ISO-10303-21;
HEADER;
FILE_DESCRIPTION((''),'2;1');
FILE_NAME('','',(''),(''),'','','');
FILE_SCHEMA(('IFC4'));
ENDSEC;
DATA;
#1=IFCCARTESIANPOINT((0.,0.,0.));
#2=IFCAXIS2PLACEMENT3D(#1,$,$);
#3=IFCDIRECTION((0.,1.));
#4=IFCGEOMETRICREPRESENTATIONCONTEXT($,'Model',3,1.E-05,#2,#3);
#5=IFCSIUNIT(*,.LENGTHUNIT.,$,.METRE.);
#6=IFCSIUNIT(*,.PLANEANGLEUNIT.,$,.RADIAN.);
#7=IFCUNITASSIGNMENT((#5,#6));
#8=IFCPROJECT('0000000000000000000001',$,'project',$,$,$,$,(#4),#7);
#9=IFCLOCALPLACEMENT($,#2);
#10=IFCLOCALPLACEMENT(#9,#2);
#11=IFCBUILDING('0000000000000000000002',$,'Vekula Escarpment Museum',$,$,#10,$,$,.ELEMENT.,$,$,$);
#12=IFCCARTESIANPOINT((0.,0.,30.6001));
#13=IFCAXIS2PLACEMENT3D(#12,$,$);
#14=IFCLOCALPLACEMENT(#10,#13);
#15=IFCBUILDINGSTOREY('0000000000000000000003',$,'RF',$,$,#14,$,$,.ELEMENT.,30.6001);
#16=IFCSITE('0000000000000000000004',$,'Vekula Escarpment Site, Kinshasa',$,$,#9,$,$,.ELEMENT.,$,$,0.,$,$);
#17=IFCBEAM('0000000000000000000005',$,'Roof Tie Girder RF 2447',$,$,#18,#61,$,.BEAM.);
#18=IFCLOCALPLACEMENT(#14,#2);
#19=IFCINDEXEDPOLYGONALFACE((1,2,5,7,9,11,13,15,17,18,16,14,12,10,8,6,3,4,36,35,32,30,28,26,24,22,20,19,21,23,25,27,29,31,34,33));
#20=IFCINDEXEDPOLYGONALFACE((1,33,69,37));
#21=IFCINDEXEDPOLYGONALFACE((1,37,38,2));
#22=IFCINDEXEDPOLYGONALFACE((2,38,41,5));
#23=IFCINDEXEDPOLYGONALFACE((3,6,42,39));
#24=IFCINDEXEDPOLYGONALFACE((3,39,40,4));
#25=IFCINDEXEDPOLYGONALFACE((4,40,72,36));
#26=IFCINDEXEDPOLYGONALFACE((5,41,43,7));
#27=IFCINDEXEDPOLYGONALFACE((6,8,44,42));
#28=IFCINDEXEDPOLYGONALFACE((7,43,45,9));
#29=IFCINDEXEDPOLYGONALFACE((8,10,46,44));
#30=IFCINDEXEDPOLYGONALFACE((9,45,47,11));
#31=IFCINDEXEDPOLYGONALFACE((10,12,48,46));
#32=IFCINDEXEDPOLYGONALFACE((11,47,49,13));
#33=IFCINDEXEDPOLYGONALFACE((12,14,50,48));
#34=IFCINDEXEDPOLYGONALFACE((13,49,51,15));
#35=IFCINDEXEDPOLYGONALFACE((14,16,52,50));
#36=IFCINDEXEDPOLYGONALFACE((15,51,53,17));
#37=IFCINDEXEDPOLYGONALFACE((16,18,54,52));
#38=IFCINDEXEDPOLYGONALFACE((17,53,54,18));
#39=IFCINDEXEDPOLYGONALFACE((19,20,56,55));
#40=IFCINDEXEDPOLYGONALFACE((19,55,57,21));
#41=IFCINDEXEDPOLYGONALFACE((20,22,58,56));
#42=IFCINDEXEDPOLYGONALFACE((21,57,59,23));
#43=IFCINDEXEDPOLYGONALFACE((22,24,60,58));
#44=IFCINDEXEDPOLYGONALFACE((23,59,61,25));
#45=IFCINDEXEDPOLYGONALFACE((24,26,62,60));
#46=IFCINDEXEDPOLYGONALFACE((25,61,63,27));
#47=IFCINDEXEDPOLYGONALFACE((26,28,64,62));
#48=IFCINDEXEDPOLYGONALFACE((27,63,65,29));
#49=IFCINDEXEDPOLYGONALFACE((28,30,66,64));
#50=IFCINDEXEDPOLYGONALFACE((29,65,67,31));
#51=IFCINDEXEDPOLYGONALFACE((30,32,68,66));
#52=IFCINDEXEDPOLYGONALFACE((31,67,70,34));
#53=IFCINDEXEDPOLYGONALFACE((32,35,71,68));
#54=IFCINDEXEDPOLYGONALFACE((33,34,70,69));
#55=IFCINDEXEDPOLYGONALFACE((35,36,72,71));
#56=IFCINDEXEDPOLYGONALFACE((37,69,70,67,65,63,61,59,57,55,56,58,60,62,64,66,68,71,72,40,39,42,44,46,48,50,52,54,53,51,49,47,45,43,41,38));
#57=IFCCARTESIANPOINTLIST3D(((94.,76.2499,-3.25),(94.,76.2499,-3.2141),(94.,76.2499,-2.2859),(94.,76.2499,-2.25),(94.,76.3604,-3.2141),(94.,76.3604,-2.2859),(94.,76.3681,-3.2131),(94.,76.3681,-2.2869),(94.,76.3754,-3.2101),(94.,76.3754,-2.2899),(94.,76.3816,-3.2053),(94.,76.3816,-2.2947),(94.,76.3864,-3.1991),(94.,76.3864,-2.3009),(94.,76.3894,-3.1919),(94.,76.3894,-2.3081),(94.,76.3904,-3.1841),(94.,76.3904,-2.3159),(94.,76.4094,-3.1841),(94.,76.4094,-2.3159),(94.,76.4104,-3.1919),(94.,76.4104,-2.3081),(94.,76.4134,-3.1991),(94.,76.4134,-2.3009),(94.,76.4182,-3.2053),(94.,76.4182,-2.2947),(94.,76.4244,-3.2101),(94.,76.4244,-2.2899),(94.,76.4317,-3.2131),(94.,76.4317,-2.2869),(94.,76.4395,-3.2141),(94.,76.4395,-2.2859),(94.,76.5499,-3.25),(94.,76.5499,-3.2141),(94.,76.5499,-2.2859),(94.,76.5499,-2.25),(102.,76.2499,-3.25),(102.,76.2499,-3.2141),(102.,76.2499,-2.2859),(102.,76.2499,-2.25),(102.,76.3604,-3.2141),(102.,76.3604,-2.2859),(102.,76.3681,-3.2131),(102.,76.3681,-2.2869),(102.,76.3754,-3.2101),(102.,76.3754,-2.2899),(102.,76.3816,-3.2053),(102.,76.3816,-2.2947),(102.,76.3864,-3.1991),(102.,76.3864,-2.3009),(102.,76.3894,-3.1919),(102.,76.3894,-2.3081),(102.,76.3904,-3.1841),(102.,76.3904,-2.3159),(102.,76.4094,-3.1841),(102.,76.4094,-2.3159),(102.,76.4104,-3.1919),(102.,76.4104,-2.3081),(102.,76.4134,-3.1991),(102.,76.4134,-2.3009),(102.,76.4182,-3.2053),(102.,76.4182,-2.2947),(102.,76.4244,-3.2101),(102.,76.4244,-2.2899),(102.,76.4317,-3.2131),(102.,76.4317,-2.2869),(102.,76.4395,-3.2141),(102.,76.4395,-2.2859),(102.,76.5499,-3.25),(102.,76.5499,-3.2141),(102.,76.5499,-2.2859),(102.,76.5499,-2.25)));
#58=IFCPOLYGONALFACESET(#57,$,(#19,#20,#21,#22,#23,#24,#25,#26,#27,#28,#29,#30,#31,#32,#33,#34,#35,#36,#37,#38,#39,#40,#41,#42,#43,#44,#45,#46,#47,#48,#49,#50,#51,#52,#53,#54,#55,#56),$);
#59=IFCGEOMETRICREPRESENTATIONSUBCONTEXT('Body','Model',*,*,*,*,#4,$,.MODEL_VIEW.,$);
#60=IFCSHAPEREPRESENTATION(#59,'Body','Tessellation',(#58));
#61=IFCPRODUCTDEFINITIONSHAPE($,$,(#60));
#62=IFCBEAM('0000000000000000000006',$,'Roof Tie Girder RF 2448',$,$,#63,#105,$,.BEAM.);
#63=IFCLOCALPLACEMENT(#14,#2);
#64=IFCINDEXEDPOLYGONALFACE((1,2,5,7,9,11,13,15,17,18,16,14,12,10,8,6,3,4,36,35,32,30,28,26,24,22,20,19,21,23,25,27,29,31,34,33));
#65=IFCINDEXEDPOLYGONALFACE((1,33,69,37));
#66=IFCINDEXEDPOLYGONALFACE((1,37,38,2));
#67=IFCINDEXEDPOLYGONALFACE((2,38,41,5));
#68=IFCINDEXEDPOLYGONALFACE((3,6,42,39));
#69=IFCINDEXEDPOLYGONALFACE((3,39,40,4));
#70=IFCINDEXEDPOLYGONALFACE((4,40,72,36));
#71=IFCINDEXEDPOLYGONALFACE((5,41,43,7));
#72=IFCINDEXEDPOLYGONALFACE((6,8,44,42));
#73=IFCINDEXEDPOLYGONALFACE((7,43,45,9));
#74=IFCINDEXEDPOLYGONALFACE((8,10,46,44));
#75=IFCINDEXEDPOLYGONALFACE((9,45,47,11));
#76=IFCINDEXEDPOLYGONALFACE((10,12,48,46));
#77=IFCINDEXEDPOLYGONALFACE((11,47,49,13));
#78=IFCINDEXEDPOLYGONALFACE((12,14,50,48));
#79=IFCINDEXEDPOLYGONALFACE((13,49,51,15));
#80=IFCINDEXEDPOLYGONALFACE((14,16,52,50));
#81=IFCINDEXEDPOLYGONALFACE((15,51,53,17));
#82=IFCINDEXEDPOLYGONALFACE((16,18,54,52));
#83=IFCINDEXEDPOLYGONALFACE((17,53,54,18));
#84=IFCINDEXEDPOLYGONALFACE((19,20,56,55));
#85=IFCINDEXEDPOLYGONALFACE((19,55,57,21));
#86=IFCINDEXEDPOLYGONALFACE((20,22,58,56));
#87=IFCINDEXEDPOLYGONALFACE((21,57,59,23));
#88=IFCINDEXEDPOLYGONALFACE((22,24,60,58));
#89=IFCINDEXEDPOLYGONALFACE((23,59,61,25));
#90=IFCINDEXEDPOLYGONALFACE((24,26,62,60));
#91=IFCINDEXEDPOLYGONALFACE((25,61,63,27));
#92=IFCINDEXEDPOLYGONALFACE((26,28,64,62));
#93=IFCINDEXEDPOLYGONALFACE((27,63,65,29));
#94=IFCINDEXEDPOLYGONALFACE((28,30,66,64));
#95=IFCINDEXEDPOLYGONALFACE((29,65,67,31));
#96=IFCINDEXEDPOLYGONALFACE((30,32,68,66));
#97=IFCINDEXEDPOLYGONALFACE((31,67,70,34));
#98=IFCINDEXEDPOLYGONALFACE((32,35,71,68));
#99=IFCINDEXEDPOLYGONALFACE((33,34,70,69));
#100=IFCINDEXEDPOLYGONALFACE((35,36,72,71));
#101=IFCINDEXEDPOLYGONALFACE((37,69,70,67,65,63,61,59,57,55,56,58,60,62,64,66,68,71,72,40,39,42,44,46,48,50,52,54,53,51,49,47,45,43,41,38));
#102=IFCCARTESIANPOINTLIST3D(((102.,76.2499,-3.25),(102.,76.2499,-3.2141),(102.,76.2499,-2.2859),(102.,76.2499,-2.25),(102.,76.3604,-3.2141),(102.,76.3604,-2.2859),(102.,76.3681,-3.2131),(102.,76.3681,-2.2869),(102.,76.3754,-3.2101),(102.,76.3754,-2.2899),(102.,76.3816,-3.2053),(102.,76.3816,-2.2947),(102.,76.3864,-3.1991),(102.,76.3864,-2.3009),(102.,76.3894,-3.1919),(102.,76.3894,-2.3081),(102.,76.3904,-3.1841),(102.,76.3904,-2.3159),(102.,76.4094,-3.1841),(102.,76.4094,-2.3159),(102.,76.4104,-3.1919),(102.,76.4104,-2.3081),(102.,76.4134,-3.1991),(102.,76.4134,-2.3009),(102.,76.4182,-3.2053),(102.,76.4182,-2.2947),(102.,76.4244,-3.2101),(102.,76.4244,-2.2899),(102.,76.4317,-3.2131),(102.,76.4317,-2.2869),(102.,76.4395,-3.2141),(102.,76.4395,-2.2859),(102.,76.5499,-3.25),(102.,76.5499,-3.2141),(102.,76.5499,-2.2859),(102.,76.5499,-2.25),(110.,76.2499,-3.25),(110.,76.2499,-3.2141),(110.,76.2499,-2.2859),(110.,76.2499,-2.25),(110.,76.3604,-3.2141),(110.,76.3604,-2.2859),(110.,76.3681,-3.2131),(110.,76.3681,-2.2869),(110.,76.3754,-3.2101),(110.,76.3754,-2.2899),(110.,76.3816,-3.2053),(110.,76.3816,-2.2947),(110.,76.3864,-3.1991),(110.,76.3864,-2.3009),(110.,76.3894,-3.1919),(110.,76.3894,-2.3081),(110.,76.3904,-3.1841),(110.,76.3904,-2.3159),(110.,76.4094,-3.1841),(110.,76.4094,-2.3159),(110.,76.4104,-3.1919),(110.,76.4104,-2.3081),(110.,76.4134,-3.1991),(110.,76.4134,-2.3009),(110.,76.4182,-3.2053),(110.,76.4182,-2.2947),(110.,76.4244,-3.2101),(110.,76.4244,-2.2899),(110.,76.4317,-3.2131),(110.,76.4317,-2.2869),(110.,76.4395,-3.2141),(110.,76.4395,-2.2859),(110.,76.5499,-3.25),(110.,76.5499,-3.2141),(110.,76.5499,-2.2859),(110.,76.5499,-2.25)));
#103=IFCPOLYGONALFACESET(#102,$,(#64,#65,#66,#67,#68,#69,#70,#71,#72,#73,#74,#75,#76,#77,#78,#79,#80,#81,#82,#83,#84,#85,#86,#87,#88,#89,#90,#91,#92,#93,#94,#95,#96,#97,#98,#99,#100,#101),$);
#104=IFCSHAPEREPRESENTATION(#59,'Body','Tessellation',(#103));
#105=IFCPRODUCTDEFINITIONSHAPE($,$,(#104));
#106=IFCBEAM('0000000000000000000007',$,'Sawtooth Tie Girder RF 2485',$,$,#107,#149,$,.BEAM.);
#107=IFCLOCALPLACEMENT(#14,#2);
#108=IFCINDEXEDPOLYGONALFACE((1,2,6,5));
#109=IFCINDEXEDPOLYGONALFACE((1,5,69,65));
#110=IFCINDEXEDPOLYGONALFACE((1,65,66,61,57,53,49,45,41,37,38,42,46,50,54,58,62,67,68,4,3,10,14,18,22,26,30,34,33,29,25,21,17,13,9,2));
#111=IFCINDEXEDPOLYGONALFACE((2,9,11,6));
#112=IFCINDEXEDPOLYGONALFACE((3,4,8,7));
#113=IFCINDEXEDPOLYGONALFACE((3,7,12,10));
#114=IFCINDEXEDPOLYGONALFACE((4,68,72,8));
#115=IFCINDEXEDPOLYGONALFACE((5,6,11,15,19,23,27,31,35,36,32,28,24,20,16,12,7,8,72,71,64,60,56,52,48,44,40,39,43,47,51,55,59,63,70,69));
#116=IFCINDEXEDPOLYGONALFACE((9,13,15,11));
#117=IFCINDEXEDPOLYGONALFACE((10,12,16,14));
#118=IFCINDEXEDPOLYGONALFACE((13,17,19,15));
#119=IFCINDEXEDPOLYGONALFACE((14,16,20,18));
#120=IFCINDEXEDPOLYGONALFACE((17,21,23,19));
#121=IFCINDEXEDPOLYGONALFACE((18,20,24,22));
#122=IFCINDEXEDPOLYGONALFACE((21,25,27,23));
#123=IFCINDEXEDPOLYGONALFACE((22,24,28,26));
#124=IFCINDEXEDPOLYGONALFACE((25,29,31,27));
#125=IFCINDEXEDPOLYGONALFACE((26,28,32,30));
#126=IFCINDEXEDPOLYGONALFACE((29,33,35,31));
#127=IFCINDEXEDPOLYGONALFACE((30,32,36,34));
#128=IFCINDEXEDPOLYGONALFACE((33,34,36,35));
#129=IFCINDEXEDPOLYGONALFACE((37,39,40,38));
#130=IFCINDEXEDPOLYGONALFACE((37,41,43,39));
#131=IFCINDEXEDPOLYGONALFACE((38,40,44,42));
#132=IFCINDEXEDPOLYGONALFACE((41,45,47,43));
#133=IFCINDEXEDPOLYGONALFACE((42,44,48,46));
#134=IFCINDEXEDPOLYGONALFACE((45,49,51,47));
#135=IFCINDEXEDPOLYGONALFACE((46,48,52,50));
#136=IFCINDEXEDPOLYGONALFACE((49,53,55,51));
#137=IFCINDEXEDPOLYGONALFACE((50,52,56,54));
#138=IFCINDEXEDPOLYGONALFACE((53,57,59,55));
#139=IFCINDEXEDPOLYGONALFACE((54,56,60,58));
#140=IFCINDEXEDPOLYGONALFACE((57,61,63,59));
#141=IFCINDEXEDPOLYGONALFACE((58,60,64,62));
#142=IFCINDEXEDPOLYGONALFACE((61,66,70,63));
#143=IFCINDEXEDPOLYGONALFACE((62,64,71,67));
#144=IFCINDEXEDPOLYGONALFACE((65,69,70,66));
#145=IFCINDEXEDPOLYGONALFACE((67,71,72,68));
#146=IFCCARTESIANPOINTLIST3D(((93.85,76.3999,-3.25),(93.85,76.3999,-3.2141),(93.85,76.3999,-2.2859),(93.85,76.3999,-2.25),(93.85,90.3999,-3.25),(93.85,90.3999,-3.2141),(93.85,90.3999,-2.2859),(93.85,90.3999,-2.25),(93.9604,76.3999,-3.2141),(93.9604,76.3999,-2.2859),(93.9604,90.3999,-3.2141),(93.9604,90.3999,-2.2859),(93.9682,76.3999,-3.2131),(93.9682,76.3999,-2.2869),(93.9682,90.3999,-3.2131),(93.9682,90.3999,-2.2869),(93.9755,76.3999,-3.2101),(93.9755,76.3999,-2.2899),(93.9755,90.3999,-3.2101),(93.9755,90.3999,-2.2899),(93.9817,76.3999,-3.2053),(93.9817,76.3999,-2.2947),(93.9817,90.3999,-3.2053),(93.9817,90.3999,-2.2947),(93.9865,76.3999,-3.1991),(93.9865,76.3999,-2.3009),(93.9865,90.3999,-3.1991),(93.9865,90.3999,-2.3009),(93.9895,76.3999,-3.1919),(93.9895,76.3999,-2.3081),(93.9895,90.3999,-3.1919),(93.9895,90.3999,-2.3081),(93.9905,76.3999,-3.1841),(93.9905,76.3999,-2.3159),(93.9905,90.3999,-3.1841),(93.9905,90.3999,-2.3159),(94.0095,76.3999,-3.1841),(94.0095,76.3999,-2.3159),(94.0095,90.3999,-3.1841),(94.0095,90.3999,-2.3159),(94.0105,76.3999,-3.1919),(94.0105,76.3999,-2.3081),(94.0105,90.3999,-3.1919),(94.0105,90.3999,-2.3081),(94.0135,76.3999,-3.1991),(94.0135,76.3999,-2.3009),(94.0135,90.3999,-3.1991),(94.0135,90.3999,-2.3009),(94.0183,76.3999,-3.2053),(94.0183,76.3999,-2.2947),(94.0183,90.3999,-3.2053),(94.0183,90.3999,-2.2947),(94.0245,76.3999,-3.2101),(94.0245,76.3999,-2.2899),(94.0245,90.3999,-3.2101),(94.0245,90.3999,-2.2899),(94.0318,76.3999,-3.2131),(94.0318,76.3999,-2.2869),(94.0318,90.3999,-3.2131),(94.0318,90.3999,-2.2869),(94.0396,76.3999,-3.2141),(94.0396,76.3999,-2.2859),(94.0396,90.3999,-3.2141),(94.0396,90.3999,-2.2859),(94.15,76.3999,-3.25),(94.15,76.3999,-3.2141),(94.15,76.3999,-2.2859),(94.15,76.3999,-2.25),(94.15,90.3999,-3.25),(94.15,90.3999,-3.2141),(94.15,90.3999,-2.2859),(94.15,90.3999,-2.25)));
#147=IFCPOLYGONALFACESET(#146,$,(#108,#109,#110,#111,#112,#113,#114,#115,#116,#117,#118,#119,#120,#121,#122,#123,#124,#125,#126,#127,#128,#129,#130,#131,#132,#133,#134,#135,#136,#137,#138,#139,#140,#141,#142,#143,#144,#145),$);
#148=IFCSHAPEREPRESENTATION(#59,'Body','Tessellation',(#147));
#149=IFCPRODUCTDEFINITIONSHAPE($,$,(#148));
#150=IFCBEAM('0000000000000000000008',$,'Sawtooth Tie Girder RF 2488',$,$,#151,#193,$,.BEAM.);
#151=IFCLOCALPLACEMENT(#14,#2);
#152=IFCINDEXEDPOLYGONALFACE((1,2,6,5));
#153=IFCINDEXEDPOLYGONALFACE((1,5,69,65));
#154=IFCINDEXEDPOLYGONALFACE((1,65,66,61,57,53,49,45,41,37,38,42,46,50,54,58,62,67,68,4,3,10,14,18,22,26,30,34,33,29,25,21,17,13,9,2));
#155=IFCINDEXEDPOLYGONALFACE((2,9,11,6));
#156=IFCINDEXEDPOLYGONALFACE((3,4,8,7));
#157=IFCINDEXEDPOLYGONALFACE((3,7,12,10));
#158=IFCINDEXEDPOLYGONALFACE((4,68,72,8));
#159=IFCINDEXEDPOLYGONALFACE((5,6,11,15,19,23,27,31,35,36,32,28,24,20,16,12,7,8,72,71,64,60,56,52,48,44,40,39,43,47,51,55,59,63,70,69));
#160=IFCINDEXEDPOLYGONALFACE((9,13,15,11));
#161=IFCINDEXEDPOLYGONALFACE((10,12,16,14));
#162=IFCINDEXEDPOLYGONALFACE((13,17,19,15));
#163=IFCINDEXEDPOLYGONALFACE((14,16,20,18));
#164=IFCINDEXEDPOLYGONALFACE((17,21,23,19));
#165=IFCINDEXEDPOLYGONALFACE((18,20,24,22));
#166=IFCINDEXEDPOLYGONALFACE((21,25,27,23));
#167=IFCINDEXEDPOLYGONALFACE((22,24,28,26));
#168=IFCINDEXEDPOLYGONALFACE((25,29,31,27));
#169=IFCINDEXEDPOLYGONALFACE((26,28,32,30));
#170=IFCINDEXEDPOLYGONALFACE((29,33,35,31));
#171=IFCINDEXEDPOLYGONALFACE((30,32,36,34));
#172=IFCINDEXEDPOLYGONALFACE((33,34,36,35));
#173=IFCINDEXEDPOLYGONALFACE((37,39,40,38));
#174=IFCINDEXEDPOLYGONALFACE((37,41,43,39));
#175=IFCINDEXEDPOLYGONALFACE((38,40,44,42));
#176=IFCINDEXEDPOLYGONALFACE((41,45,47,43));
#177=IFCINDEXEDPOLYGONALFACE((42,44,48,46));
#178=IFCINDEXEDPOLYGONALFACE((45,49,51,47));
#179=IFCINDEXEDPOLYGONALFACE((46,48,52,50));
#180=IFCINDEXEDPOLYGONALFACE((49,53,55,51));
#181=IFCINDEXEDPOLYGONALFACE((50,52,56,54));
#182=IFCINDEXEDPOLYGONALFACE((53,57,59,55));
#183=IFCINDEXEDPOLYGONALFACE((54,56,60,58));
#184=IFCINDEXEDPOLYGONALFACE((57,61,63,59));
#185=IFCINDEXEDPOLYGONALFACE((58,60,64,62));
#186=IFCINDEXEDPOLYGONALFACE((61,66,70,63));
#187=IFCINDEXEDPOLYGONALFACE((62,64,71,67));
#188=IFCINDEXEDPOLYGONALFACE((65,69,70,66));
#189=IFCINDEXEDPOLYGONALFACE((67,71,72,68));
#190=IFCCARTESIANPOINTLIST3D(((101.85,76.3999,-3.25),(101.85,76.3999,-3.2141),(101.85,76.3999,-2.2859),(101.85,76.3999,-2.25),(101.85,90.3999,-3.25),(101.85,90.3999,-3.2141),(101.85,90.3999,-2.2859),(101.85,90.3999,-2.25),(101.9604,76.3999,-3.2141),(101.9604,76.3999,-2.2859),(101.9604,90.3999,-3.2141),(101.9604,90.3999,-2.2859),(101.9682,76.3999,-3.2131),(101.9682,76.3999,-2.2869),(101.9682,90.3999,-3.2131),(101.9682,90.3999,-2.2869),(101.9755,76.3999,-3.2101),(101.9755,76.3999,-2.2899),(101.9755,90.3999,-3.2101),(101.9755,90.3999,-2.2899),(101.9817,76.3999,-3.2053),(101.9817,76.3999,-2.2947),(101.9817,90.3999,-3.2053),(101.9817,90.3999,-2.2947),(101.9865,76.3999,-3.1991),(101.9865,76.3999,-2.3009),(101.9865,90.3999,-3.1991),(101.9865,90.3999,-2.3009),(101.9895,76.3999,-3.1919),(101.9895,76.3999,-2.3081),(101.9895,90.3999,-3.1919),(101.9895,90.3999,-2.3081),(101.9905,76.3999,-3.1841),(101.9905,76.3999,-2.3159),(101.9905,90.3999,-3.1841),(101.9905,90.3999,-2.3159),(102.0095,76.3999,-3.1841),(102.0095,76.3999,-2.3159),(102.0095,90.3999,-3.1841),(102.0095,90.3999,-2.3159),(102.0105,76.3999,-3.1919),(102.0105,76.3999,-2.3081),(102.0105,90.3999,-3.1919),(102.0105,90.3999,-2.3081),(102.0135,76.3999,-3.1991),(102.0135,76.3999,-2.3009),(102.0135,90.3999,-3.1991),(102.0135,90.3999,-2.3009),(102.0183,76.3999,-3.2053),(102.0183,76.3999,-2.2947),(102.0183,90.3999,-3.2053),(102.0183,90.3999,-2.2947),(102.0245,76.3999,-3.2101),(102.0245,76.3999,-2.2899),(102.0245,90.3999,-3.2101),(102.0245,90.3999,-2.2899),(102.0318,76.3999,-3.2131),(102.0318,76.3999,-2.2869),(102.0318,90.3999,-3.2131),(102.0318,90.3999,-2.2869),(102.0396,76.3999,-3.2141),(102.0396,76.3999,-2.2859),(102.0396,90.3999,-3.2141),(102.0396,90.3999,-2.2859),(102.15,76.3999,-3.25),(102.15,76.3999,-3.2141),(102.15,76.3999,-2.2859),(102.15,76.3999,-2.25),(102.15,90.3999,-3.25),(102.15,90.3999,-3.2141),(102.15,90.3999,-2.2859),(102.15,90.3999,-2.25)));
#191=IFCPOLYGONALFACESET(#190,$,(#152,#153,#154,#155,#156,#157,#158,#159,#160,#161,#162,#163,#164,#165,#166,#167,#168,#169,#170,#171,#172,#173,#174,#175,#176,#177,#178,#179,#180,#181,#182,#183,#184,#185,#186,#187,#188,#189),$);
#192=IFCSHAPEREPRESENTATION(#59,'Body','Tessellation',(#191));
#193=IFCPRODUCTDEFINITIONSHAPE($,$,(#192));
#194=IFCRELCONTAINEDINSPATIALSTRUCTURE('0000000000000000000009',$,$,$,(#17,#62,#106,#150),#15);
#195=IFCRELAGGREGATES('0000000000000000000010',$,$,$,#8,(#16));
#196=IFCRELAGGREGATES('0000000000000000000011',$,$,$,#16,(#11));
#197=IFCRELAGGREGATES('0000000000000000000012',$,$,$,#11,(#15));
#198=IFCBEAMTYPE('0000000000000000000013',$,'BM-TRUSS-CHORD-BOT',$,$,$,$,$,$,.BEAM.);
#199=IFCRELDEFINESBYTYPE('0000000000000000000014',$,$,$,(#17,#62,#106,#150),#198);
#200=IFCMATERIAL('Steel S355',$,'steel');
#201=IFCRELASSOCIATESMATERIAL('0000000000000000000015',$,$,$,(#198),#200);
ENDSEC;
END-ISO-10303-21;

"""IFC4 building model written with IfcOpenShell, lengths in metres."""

from ifc_helpers import new_model, si_unit, direction, frame, origin, origin_2d, place, context, subcontext, project, spatial, i_section, extrude, material, material_profile, profile_set, type_object, element, save


model = new_model("IFC4")

# Units and contexts
model_context = context("Model", 3, precision=1e-05, world=origin(), true_north=direction((0.0, 1.0)))
body_context = subcontext(model_context, "Body", "Model", "MODEL_VIEW")
ifc_project = project(units=[si_unit("LENGTHUNIT", "METRE"), si_unit("PLANEANGLEUNIT", "RADIAN")], contexts=[model_context])

# Site, building, storey
site_placement = place(None, origin())
site = spatial("IfcSite", under=ifc_project, at=site_placement, Name="Vekula Escarpment Site, Kinshasa", CompositionType="ELEMENT", RefElevation=0.0)
building_placement = place(site_placement, origin())
building = spatial("IfcBuilding", under=site, at=building_placement, Name="Vekula Escarpment Museum", CompositionType="ELEMENT")
storey_placement = place(building_placement, frame((0.0, 0.0, 30.6001)))
storey = spatial("IfcBuildingStorey", under=building, at=storey_placement, Name="RF", CompositionType="ELEMENT", Elevation=30.6001)

# Beams
ifc_material_1 = material(Name="Steel S355", Category="steel")
ifc_material_profile_1 = material_profile(ifc_material_1, i_section(OverallWidth=0.3, OverallDepth=1.0, WebThickness=0.019, FlangeThickness=0.0359, FilletRadius=0.03, at=origin_2d()), Name="HEB 1000")
ifc_profile_set_1 = profile_set([ifc_material_profile_1], Name="Steel S355")
beam_type = type_object("IfcBeamType", Name="BM-TRUSS-CHORD-BOT", PredefinedType="BEAM", material=ifc_profile_set_1)
for number, where, z_axis, x_axis, name in (
    (1, (94.0, 76.3999, -2.75), (1.0, 0.0, 0.0), (0.0, 1.0, 0.0), "Roof Tie Girder RF 2447"),
    (2, (102.0, 76.3999, -2.75), (1.0, 0.0, 0.0), (0.0, 1.0, 0.0), "Roof Tie Girder RF 2448"),
):
    element("IfcBeam", number, at=place(storey_placement, frame(where, z_axis=z_axis, x_axis=x_axis)), inside=storey, type_object=beam_type, Name=name, PredefinedType="BEAM", context=body_context, shape_type="SweptSolid", body=[
        extrude(i_section(OverallWidth=0.3, OverallDepth=1.0, WebThickness=0.019, FlangeThickness=0.0359, FilletRadius=0.03, at=origin_2d()), origin(), (0.0, 0.0, 1.0), 8.0),
    ])
for number, where, z_axis, x_axis, name in (
    (3, (94.0, 76.3999, -2.75), (0.0, 1.0, 0.0), (-1.0, 0.0, 0.0), "Sawtooth Tie Girder RF 2485"),
    (4, (102.0, 76.3999, -2.75), (0.0, 1.0, 0.0), (-1.0, 0.0, 0.0), "Sawtooth Tie Girder RF 2488"),
):
    element("IfcBeam", number, at=place(storey_placement, frame(where, z_axis=z_axis, x_axis=x_axis)), inside=storey, type_object=beam_type, Name=name, PredefinedType="BEAM", context=body_context, shape_type="SweptSolid", body=[
        extrude(i_section(OverallWidth=0.3, OverallDepth=1.0, WebThickness=0.019, FlangeThickness=0.0359, FilletRadius=0.03, at=origin_2d()), origin(), (0.0, 0.0, 1.0), 14.0),
    ])

save(model, "model.ifc")
